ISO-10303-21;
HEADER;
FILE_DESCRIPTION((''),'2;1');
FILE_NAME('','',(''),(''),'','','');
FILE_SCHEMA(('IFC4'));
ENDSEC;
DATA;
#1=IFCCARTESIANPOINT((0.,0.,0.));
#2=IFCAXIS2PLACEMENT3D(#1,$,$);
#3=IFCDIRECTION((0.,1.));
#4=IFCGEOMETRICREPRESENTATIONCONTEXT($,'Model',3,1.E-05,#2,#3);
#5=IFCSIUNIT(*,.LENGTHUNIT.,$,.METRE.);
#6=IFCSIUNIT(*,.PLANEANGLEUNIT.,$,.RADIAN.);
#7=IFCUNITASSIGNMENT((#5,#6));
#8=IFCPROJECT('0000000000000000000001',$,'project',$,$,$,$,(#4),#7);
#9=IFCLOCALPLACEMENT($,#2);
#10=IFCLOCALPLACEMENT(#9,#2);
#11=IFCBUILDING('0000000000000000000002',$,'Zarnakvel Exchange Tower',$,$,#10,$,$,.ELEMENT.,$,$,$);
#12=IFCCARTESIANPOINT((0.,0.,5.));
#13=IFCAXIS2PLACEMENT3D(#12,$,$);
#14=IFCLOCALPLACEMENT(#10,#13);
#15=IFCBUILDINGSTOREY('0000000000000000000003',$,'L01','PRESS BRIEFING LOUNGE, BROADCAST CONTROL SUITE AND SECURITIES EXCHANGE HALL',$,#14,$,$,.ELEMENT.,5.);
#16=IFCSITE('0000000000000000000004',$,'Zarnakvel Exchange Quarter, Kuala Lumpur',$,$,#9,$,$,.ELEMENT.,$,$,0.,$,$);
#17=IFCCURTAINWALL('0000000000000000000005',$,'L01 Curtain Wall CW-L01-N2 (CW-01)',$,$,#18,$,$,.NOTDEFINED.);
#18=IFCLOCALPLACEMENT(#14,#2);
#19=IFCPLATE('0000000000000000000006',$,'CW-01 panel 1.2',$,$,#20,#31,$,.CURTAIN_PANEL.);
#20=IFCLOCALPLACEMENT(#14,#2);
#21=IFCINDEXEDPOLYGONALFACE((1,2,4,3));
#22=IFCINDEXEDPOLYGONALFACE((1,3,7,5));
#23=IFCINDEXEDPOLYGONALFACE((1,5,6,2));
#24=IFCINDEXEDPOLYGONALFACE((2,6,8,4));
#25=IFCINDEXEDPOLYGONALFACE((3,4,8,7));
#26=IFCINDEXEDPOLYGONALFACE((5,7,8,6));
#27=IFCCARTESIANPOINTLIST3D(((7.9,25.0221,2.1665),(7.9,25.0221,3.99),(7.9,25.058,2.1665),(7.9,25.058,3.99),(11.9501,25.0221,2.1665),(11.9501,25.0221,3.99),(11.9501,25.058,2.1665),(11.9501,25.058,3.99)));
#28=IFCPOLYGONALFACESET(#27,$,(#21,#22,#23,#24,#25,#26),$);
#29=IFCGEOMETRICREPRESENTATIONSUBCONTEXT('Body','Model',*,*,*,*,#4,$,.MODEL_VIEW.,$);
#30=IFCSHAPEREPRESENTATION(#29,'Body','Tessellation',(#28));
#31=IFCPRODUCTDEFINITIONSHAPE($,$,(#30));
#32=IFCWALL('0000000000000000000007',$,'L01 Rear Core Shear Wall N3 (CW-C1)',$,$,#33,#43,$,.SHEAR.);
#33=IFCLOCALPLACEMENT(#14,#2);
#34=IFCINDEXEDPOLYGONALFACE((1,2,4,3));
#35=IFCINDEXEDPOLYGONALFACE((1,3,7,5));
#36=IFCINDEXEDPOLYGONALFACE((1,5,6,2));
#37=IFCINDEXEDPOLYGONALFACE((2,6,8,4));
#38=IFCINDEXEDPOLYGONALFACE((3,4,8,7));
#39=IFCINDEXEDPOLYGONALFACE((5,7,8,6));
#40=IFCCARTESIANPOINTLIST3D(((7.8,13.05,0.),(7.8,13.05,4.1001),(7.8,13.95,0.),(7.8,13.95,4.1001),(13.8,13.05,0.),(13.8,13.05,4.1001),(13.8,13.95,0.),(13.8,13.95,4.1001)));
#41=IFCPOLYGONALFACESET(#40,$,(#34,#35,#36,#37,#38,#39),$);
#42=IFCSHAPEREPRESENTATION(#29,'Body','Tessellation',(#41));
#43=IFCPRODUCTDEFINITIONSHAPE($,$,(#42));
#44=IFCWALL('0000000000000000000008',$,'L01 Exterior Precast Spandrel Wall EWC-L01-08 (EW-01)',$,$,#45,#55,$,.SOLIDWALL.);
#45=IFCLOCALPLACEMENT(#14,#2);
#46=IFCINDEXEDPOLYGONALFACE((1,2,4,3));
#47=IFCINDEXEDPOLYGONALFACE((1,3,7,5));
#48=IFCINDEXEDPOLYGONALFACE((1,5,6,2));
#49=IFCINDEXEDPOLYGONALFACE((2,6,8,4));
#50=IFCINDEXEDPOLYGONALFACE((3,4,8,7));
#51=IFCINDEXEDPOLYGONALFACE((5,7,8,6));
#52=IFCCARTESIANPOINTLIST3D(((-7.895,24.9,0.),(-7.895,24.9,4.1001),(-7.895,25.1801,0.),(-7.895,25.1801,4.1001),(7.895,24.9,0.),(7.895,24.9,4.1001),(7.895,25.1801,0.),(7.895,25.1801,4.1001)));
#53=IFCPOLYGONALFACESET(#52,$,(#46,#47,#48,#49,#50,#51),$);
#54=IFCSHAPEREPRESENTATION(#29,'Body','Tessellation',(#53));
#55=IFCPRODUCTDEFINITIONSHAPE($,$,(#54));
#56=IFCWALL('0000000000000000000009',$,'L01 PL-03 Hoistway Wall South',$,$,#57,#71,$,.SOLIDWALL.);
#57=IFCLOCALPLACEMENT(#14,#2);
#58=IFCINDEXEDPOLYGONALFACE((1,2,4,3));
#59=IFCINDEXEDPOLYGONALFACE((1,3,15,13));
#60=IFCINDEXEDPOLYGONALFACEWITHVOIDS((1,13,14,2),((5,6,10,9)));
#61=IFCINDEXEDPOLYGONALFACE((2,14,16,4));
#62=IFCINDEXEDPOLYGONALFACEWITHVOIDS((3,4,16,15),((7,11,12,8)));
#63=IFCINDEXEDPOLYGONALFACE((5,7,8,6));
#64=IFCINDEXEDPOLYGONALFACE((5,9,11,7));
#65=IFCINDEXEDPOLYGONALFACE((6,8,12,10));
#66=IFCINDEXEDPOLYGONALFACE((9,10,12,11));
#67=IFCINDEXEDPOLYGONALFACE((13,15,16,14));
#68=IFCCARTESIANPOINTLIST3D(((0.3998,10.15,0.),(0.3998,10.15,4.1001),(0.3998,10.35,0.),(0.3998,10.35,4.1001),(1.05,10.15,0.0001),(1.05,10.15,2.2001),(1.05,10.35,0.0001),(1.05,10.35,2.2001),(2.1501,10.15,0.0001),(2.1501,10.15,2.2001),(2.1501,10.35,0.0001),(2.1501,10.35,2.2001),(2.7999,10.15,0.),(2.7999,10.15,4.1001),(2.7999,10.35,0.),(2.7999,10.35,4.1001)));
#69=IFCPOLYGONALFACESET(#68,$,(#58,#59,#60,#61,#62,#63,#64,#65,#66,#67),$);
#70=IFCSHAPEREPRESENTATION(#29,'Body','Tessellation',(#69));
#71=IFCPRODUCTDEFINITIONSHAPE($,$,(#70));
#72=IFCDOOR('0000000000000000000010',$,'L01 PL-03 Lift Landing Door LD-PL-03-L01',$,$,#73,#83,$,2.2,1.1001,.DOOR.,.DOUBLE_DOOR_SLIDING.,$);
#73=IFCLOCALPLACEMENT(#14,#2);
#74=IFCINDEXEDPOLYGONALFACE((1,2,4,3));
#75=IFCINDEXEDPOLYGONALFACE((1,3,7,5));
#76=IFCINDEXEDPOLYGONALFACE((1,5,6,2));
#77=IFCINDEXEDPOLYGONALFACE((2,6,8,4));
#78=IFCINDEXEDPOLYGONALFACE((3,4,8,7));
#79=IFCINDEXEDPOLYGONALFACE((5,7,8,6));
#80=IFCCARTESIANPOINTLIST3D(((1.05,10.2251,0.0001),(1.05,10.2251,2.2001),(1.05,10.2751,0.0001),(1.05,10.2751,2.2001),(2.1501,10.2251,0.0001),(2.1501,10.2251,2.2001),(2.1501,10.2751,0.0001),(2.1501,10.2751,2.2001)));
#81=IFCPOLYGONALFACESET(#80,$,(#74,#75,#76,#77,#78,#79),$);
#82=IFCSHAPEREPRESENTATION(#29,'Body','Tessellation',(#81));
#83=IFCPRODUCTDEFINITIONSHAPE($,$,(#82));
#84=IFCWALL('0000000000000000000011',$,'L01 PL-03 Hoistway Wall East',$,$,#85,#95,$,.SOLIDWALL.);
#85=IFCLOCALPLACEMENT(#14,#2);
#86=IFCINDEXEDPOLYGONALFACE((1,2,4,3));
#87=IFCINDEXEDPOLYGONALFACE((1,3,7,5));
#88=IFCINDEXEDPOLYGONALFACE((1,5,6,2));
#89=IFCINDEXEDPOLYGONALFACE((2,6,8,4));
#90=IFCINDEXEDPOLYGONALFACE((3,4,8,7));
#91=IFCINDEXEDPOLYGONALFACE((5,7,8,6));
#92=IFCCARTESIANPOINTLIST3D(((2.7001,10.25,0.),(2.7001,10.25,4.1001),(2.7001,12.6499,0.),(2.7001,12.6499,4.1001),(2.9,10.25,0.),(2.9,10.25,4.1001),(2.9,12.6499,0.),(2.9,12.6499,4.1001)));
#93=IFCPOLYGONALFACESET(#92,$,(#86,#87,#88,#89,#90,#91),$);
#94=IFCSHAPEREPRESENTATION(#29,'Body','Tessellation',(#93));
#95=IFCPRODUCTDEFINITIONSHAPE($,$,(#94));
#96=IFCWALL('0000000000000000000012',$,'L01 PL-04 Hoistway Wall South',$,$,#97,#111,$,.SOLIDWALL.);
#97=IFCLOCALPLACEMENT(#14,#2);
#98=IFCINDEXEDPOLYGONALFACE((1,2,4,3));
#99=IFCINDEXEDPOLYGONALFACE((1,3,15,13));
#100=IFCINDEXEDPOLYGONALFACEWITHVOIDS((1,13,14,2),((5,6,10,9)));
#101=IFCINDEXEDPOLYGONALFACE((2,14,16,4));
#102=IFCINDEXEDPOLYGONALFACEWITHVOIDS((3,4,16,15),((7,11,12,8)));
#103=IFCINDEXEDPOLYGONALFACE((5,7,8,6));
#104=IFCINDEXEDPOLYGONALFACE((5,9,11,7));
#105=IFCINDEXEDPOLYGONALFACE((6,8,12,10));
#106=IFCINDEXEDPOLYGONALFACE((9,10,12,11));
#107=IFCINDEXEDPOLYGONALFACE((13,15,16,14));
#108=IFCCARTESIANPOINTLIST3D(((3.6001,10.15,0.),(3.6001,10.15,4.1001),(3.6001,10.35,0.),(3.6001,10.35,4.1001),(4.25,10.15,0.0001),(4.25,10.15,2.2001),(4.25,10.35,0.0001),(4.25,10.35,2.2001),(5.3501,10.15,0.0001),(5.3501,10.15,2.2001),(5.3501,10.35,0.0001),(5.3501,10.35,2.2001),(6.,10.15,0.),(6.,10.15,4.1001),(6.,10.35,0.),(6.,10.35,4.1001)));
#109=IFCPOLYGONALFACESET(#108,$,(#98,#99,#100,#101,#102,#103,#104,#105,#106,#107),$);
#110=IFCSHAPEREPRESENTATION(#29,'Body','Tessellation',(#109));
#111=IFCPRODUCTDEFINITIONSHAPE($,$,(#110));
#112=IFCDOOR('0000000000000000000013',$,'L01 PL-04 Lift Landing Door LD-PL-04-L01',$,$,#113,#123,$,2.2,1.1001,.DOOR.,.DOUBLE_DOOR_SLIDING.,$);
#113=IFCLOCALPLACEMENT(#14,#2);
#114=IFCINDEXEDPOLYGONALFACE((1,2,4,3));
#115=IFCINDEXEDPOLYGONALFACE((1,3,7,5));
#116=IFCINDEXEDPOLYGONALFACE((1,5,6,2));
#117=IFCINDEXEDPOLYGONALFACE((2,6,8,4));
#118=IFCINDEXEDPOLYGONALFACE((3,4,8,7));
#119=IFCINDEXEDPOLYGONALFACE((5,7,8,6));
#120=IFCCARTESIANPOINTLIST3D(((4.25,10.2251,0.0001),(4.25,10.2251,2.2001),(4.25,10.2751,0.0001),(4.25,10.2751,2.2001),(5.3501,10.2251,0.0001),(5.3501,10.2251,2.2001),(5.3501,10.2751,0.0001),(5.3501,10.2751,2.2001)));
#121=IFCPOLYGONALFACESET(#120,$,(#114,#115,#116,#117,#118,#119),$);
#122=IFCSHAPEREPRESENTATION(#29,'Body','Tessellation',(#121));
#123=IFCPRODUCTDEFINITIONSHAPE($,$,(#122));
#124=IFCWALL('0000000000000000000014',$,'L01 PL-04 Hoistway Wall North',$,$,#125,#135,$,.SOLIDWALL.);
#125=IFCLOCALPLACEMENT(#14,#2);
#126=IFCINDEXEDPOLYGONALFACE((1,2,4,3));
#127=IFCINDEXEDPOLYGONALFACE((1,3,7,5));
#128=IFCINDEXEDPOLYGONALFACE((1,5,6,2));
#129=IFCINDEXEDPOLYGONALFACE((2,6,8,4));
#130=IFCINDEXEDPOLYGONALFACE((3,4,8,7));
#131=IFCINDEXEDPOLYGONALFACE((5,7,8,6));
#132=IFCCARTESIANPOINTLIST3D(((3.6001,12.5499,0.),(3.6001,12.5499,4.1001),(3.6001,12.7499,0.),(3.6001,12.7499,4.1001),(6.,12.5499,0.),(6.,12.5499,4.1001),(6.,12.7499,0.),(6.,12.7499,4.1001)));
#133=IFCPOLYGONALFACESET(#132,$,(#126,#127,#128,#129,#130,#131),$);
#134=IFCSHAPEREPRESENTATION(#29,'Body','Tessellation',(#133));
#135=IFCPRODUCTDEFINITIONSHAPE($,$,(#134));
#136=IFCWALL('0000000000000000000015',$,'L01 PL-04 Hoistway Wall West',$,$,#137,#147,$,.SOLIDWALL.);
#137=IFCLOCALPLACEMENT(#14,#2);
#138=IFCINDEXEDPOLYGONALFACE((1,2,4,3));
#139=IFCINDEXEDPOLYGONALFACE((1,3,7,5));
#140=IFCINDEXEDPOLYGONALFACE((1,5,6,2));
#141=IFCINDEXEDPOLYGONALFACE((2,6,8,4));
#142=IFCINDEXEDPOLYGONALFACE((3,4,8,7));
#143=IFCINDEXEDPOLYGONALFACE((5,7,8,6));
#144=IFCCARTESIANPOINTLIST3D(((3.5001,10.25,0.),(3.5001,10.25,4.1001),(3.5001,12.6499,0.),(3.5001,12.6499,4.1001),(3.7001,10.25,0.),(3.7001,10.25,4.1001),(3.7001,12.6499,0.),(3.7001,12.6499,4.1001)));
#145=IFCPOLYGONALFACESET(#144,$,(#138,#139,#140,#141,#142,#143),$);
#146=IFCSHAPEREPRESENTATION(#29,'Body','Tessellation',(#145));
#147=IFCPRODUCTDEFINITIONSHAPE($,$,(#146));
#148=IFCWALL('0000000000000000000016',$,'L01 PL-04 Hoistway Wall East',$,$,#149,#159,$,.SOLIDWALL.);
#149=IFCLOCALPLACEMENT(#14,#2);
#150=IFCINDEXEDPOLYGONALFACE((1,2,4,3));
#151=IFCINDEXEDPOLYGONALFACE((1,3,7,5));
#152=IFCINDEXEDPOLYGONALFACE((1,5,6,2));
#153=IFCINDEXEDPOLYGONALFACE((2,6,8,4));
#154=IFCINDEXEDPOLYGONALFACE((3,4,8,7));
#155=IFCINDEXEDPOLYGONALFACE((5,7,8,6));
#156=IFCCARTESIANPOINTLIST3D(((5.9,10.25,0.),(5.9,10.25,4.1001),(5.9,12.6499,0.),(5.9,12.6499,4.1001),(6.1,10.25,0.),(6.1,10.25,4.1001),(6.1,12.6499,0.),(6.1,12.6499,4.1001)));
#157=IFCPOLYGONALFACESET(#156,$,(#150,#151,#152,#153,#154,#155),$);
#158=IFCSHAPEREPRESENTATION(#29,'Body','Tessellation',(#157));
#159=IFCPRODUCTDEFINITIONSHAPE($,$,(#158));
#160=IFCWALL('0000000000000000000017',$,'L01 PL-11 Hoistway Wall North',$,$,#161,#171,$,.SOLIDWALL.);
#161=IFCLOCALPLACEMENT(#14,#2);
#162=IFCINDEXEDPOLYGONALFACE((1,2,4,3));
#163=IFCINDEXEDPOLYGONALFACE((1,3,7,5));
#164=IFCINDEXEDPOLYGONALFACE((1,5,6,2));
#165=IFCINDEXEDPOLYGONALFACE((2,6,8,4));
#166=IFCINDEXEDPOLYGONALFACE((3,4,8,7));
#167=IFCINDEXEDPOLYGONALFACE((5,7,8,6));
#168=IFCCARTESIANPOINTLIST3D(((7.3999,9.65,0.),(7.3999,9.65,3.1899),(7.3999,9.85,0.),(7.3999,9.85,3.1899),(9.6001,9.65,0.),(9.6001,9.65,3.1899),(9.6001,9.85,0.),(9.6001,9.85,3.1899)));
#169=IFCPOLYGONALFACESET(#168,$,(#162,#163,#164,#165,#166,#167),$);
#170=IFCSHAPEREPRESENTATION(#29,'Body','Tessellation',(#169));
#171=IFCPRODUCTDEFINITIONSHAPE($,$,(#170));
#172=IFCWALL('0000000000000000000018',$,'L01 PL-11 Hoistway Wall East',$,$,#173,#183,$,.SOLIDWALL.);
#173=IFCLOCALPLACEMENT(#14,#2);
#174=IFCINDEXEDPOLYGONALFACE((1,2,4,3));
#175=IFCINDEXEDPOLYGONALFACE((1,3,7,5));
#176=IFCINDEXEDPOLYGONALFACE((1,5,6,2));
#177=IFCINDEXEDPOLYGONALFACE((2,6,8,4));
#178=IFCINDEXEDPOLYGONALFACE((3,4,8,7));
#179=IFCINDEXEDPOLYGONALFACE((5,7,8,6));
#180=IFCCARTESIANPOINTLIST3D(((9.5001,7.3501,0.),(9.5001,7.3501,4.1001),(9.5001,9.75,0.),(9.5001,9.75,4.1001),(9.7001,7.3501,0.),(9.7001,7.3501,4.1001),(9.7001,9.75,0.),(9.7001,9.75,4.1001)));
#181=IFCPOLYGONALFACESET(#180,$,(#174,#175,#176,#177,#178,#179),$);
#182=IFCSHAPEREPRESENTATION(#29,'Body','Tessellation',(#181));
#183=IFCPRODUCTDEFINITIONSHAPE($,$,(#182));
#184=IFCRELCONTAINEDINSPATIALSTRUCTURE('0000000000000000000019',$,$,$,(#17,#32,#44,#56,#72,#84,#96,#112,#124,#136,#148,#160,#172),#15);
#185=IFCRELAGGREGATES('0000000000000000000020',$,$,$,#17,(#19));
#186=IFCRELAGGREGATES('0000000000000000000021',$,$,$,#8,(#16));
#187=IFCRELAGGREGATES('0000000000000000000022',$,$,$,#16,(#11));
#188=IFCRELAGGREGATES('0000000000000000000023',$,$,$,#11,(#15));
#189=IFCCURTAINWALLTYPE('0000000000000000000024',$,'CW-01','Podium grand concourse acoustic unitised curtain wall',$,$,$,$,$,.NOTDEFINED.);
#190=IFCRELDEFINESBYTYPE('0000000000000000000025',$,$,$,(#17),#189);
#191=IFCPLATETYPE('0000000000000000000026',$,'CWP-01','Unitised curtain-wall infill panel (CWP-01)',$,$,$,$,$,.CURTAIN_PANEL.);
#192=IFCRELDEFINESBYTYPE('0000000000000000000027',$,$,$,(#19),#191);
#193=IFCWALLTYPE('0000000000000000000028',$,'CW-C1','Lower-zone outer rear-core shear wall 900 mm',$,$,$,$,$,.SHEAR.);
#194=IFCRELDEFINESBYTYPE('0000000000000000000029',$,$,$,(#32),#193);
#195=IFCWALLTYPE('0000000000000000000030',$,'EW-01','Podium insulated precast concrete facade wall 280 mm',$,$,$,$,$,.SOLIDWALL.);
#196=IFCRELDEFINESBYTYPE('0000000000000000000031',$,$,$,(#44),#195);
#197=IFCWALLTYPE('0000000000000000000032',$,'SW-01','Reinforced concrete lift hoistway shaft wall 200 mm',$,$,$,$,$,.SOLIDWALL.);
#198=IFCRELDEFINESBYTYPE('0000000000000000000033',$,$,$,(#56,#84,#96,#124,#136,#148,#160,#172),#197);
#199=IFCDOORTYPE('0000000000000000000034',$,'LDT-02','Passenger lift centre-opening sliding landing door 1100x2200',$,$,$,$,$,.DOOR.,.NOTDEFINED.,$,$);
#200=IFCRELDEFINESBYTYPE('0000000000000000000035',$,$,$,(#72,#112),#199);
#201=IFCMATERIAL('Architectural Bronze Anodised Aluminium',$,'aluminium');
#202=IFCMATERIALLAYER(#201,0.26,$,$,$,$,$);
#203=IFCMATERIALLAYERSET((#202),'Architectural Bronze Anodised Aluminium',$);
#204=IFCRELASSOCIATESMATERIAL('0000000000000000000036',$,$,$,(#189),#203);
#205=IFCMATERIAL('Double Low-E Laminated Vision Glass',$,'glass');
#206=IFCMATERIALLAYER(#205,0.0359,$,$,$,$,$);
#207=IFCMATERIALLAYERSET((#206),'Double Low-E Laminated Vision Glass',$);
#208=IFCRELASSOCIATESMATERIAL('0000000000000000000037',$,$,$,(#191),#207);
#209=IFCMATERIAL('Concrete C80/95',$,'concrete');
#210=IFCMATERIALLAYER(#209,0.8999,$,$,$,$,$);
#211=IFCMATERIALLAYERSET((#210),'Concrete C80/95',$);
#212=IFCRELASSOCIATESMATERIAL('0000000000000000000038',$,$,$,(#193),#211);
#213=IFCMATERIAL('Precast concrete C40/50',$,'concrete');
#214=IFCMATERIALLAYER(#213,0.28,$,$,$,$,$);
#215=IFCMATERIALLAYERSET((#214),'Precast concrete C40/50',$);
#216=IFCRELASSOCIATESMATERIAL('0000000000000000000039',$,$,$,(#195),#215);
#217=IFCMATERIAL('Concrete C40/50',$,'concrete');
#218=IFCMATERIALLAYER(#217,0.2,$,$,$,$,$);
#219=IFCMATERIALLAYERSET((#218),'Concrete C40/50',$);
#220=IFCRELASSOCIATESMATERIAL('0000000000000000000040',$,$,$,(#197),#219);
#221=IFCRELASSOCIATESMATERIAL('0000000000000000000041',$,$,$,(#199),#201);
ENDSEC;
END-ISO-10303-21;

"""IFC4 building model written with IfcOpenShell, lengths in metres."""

from ifc_helpers import new_model, si_unit, direction, frame, frame_2d, origin, origin_2d, place, context, subcontext, project, spatial, rectangle, extrude, source, transform, mapped, material, layer, layer_set, type_object, element, fill, aggregate, save


model = new_model("IFC4")

# Units and contexts
model_context = context("Model", 3, precision=1e-05, world=origin(), true_north=direction((0.0, 1.0)))
body_context = subcontext(model_context, "Body", "Model", "MODEL_VIEW")
ifc_project = project(units=[si_unit("LENGTHUNIT", "METRE"), si_unit("PLANEANGLEUNIT", "RADIAN")], contexts=[model_context])

# Site, building, storey
site_placement = place(None, origin())
site = spatial("IfcSite", under=ifc_project, at=site_placement, Name="Zarnakvel Exchange Quarter, Kuala Lumpur", CompositionType="ELEMENT", RefElevation=0.0)
building_placement = place(site_placement, origin())
building = spatial("IfcBuilding", under=site, at=building_placement, Name="Zarnakvel Exchange Tower", CompositionType="ELEMENT")
storey_placement = place(building_placement, frame((0.0, 0.0, 5.0)))
storey = spatial("IfcBuildingStorey", under=building, at=storey_placement, Name="L01", Description="PRESS BRIEFING LOUNGE, BROADCAST CONTROL SUITE AND SECURITIES EXCHANGE HALL", CompositionType="ELEMENT", Elevation=5.0)

# Shared definitions
ifc_material_1 = material(Name="Concrete C80/95", Category="concrete")

# Curtain wall, plate
ifc_material_2 = material(Name="Architectural Bronze Anodised Aluminium", Category="aluminium")
ifc_layer_1 = layer(ifc_material_2, 0.26)
ifc_layer_set_1 = layer_set([ifc_layer_1], Name="Architectural Bronze Anodised Aluminium")
curtain_wall_type = type_object("IfcCurtainWallType", Name="CW-01", Description="Podium grand concourse acoustic unitised curtain wall", PredefinedType="NOTDEFINED", material=ifc_layer_set_1)
curtain_wall_placement = place(storey_placement, origin())
curtain_wall = element("IfcCurtainWall", 1, at=curtain_wall_placement, inside=storey, type_object=curtain_wall_type, Name="L01 Curtain Wall CW-L01-N2 (CW-01)", PredefinedType="NOTDEFINED")
ifc_material_3 = material(Name="Double Low-E Laminated Vision Glass", Category="glass")
ifc_layer_2 = layer(ifc_material_3, 0.0359)
ifc_layer_set_2 = layer_set([ifc_layer_2], Name="Double Low-E Laminated Vision Glass")
plate_type = type_object("IfcPlateType", Name="CWP-01", Description="Unitised curtain-wall infill panel (CWP-01)", PredefinedType="CURTAIN_PANEL", material=ifc_layer_set_2)
shared_shape_1 = source(origin(), body_context, "Body", "SweptSolid", [
    extrude(rectangle(XDim=4.05, YDim=0.0359, at=origin_2d()), origin(), (0.0, 0.0, 1.0), 1.8235),
])
plate_1_placement = place(storey_placement, frame((9.925, 25.04, 2.1665), z_axis=(0.0, 0.0, 1.0), x_axis=(1.0, 0.0, 0.0)))
plate_1 = element("IfcPlate", 2, at=plate_1_placement, type_object=plate_type, Name="CW-01 panel 1.2", PredefinedType="CURTAIN_PANEL", context=body_context, shape_type="MappedRepresentation", body=[
    mapped(shared_shape_1, transform((0.0, 0.0, 0.0), x_axis=(1.0, 0.0, 0.0), y_axis=(0.0, 1.0, 0.0), z_axis=(0.0, 0.0, 1.0), scale=1.0)),
])
aggregate(curtain_wall, [plate_1])

# Walls
ifc_layer_3 = layer(ifc_material_1, 0.8999)
ifc_layer_set_3 = layer_set([ifc_layer_3], Name="Concrete C80/95")
wall_type_1 = type_object("IfcWallType", Name="CW-C1", Description="Lower-zone outer rear-core shear wall 900 mm", PredefinedType="SHEAR", material=ifc_layer_set_3)
wall_1_placement = place(storey_placement, frame((7.8, 13.5, 0.0), z_axis=(0.0, 0.0, 1.0), x_axis=(1.0, 0.0, 0.0)))
element("IfcWall", 3, at=wall_1_placement, inside=storey, type_object=wall_type_1, Name="L01 Rear Core Shear Wall N3 (CW-C1)", PredefinedType="SHEAR", context=body_context, shape_type="SweptSolid", body=[
    extrude(rectangle(XDim=6.0, YDim=0.8999, at=frame_2d((3.0, 0.0))), origin(), (0.0, 0.0, 1.0), 4.1001),
])
ifc_material_4 = material(Name="Precast concrete C40/50", Category="concrete")
ifc_layer_4 = layer(ifc_material_4, 0.28)
ifc_layer_set_4 = layer_set([ifc_layer_4], Name="Precast concrete C40/50")
wall_type_2 = type_object("IfcWallType", Name="EW-01", Description="Podium insulated precast concrete facade wall 280 mm", PredefinedType="SOLIDWALL", material=ifc_layer_set_4)
wall_2_placement = place(storey_placement, frame((7.895, 25.04, 0.0), z_axis=(0.0, 0.0, 1.0), x_axis=(-1.0, 0.0, 0.0)))
element("IfcWall", 4, at=wall_2_placement, inside=storey, type_object=wall_type_2, Name="L01 Exterior Precast Spandrel Wall EWC-L01-08 (EW-01)", PredefinedType="SOLIDWALL", context=body_context, shape_type="SweptSolid", body=[
    extrude(rectangle(XDim=15.79, YDim=0.28, at=frame_2d((7.895, 0.0))), origin(), (0.0, 0.0, 1.0), 4.1001),
])

# Wall, opening, door
ifc_material_5 = material(Name="Concrete C40/50", Category="concrete")
ifc_layer_5 = layer(ifc_material_5, 0.2)
ifc_layer_set_5 = layer_set([ifc_layer_5], Name="Concrete C40/50")
wall_type_3 = type_object("IfcWallType", Name="SW-01", Description="Reinforced concrete lift hoistway shaft wall 200 mm", PredefinedType="SOLIDWALL", material=ifc_layer_set_5)
wall_3_placement = place(storey_placement, frame((2.8, 10.25, 0.0), z_axis=(0.0, 0.0, 1.0), x_axis=(-1.0, 0.0, 0.0)))
wall_3 = element("IfcWall", 5, at=wall_3_placement, inside=storey, type_object=wall_type_3, Name="L01 PL-03 Hoistway Wall South", PredefinedType="SOLIDWALL", context=body_context, shape_type="SweptSolid", body=[
    extrude(rectangle(XDim=2.4001, YDim=0.2, at=frame_2d((1.2002, 0.0))), origin(), (0.0, 0.0, 1.0), 4.1001),
])
opening_1_placement = place(wall_3_placement, frame((0.6499, 0.0, 0.0)))
opening_1 = element("IfcOpeningElement", 6, at=opening_1_placement, cuts=wall_3, PredefinedType="OPENING", context=body_context, shape_type="SweptSolid", body=[
    extrude(rectangle(XDim=1.1001, YDim=2.2, at=frame_2d((0.55, 1.1001))), frame((0.0, 0.1099, 0.0), z_axis=(0.0, -1.0, 0.0), x_axis=(1.0, 0.0, 0.0)), (0.0, 0.0, 1.0), 0.22),
])
door_type = type_object("IfcDoorType", Name="LDT-02", Description="Passenger lift centre-opening sliding landing door 1100x2200", OperationType="NOTDEFINED", PredefinedType="DOOR", material=ifc_material_2)
shared_shape_2 = source(origin(), body_context, "Body", "SweptSolid", [
    extrude(rectangle(XDim=1.1001, YDim=2.2, at=frame_2d((0.55, 1.1001))), frame((0.0, 0.0249, 0.0), z_axis=(0.0, -1.0, 0.0), x_axis=(1.0, 0.0, 0.0)), (0.0, 0.0, 1.0), 0.05),
])
door_1_placement = place(opening_1_placement, origin())
door_1 = element("IfcDoor", 7, at=door_1_placement, inside=storey, type_object=door_type, Name="L01 PL-03 Lift Landing Door LD-PL-03-L01", OperationType="DOUBLE_DOOR_SLIDING", OverallHeight=2.2, OverallWidth=1.1001, PredefinedType="DOOR", context=body_context, shape_type="MappedRepresentation", body=[
    mapped(shared_shape_2, transform((0.0, 0.0, 0.0), x_axis=(1.0, 0.0, 0.0), y_axis=(0.0, 1.0, 0.0), z_axis=(0.0, 0.0, 1.0), scale=1.0)),
])
fill(opening_1, door_1)

# Wall
wall_4_placement = place(storey_placement, frame((2.8, 12.6499, 0.0), z_axis=(0.0, 0.0, 1.0), x_axis=(0.0, -1.0, 0.0)))
element("IfcWall", 8, at=wall_4_placement, inside=storey, type_object=wall_type_3, Name="L01 PL-03 Hoistway Wall East", PredefinedType="SOLIDWALL", context=body_context, shape_type="SweptSolid", body=[
    extrude(rectangle(XDim=2.3999, YDim=0.2, at=frame_2d((1.2, 0.0))), origin(), (0.0, 0.0, 1.0), 4.1001),
])

# Wall, opening, door
wall_5_placement = place(storey_placement, frame((6.0, 10.25, 0.0), z_axis=(0.0, 0.0, 1.0), x_axis=(-1.0, 0.0, 0.0)))
wall_5 = element("IfcWall", 9, at=wall_5_placement, inside=storey, type_object=wall_type_3, Name="L01 PL-04 Hoistway Wall South", PredefinedType="SOLIDWALL", context=body_context, shape_type="SweptSolid", body=[
    extrude(rectangle(XDim=2.3999, YDim=0.2, at=frame_2d((1.2, 0.0))), origin(), (0.0, 0.0, 1.0), 4.1001),
])
opening_2_placement = place(wall_5_placement, frame((0.6499, 0.0, 0.0)))
opening_2 = element("IfcOpeningElement", 10, at=opening_2_placement, cuts=wall_5, PredefinedType="OPENING", context=body_context, shape_type="SweptSolid", body=[
    extrude(rectangle(XDim=1.1001, YDim=2.2, at=frame_2d((0.55, 1.1001))), frame((0.0, 0.1099, 0.0), z_axis=(0.0, -1.0, 0.0), x_axis=(1.0, 0.0, 0.0)), (0.0, 0.0, 1.0), 0.22),
])
door_2_placement = place(opening_2_placement, origin())
door_2 = element("IfcDoor", 11, at=door_2_placement, inside=storey, type_object=door_type, Name="L01 PL-04 Lift Landing Door LD-PL-04-L01", OperationType="DOUBLE_DOOR_SLIDING", OverallHeight=2.2, OverallWidth=1.1001, PredefinedType="DOOR", context=body_context, shape_type="MappedRepresentation", body=[
    mapped(shared_shape_2, transform((0.0, 0.0, 0.0), x_axis=(1.0, 0.0, 0.0), y_axis=(0.0, 1.0, 0.0), z_axis=(0.0, 0.0, 1.0), scale=1.0)),
])
fill(opening_2, door_2)

# Walls
for number, where, z_axis, x_axis, name in (
    (12, (3.6001, 12.6499, 0.0), (0.0, 0.0, 1.0), (1.0, 0.0, 0.0), "L01 PL-04 Hoistway Wall North"),
    (13, (3.6001, 10.25, 0.0), (0.0, 0.0, 1.0), (0.0, 1.0, 0.0), "L01 PL-04 Hoistway Wall West"),
    (14, (6.0, 12.6499, 0.0), (0.0, 0.0, 1.0), (0.0, -1.0, 0.0), "L01 PL-04 Hoistway Wall East"),
):
    element("IfcWall", number, at=place(storey_placement, frame(where, z_axis=z_axis, x_axis=x_axis)), inside=storey, type_object=wall_type_3, Name=name, PredefinedType="SOLIDWALL", context=body_context, shape_type="SweptSolid", body=[
        extrude(rectangle(XDim=2.3999, YDim=0.2, at=frame_2d((1.2, 0.0))), origin(), (0.0, 0.0, 1.0), 4.1001),
    ])
wall_6_placement = place(storey_placement, frame((7.3999, 9.75, 0.0), z_axis=(0.0, 0.0, 1.0), x_axis=(1.0, 0.0, 0.0)))
element("IfcWall", 15, at=wall_6_placement, inside=storey, type_object=wall_type_3, Name="L01 PL-11 Hoistway Wall North", PredefinedType="SOLIDWALL", context=body_context, shape_type="SweptSolid", body=[
    extrude(rectangle(XDim=2.2002, YDim=0.2, at=frame_2d((1.1001, 0.0))), origin(), (0.0, 0.0, 1.0), 3.1899),
])
wall_7_placement = place(storey_placement, frame((9.6001, 9.75, 0.0), z_axis=(0.0, 0.0, 1.0), x_axis=(0.0, -1.0, 0.0)))
element("IfcWall", 16, at=wall_7_placement, inside=storey, type_object=wall_type_3, Name="L01 PL-11 Hoistway Wall East", PredefinedType="SOLIDWALL", context=body_context, shape_type="SweptSolid", body=[
    extrude(rectangle(XDim=2.3999, YDim=0.2, at=frame_2d((1.2, 0.0))), origin(), (0.0, 0.0, 1.0), 4.1001),
])

save(model, "model.ifc")
